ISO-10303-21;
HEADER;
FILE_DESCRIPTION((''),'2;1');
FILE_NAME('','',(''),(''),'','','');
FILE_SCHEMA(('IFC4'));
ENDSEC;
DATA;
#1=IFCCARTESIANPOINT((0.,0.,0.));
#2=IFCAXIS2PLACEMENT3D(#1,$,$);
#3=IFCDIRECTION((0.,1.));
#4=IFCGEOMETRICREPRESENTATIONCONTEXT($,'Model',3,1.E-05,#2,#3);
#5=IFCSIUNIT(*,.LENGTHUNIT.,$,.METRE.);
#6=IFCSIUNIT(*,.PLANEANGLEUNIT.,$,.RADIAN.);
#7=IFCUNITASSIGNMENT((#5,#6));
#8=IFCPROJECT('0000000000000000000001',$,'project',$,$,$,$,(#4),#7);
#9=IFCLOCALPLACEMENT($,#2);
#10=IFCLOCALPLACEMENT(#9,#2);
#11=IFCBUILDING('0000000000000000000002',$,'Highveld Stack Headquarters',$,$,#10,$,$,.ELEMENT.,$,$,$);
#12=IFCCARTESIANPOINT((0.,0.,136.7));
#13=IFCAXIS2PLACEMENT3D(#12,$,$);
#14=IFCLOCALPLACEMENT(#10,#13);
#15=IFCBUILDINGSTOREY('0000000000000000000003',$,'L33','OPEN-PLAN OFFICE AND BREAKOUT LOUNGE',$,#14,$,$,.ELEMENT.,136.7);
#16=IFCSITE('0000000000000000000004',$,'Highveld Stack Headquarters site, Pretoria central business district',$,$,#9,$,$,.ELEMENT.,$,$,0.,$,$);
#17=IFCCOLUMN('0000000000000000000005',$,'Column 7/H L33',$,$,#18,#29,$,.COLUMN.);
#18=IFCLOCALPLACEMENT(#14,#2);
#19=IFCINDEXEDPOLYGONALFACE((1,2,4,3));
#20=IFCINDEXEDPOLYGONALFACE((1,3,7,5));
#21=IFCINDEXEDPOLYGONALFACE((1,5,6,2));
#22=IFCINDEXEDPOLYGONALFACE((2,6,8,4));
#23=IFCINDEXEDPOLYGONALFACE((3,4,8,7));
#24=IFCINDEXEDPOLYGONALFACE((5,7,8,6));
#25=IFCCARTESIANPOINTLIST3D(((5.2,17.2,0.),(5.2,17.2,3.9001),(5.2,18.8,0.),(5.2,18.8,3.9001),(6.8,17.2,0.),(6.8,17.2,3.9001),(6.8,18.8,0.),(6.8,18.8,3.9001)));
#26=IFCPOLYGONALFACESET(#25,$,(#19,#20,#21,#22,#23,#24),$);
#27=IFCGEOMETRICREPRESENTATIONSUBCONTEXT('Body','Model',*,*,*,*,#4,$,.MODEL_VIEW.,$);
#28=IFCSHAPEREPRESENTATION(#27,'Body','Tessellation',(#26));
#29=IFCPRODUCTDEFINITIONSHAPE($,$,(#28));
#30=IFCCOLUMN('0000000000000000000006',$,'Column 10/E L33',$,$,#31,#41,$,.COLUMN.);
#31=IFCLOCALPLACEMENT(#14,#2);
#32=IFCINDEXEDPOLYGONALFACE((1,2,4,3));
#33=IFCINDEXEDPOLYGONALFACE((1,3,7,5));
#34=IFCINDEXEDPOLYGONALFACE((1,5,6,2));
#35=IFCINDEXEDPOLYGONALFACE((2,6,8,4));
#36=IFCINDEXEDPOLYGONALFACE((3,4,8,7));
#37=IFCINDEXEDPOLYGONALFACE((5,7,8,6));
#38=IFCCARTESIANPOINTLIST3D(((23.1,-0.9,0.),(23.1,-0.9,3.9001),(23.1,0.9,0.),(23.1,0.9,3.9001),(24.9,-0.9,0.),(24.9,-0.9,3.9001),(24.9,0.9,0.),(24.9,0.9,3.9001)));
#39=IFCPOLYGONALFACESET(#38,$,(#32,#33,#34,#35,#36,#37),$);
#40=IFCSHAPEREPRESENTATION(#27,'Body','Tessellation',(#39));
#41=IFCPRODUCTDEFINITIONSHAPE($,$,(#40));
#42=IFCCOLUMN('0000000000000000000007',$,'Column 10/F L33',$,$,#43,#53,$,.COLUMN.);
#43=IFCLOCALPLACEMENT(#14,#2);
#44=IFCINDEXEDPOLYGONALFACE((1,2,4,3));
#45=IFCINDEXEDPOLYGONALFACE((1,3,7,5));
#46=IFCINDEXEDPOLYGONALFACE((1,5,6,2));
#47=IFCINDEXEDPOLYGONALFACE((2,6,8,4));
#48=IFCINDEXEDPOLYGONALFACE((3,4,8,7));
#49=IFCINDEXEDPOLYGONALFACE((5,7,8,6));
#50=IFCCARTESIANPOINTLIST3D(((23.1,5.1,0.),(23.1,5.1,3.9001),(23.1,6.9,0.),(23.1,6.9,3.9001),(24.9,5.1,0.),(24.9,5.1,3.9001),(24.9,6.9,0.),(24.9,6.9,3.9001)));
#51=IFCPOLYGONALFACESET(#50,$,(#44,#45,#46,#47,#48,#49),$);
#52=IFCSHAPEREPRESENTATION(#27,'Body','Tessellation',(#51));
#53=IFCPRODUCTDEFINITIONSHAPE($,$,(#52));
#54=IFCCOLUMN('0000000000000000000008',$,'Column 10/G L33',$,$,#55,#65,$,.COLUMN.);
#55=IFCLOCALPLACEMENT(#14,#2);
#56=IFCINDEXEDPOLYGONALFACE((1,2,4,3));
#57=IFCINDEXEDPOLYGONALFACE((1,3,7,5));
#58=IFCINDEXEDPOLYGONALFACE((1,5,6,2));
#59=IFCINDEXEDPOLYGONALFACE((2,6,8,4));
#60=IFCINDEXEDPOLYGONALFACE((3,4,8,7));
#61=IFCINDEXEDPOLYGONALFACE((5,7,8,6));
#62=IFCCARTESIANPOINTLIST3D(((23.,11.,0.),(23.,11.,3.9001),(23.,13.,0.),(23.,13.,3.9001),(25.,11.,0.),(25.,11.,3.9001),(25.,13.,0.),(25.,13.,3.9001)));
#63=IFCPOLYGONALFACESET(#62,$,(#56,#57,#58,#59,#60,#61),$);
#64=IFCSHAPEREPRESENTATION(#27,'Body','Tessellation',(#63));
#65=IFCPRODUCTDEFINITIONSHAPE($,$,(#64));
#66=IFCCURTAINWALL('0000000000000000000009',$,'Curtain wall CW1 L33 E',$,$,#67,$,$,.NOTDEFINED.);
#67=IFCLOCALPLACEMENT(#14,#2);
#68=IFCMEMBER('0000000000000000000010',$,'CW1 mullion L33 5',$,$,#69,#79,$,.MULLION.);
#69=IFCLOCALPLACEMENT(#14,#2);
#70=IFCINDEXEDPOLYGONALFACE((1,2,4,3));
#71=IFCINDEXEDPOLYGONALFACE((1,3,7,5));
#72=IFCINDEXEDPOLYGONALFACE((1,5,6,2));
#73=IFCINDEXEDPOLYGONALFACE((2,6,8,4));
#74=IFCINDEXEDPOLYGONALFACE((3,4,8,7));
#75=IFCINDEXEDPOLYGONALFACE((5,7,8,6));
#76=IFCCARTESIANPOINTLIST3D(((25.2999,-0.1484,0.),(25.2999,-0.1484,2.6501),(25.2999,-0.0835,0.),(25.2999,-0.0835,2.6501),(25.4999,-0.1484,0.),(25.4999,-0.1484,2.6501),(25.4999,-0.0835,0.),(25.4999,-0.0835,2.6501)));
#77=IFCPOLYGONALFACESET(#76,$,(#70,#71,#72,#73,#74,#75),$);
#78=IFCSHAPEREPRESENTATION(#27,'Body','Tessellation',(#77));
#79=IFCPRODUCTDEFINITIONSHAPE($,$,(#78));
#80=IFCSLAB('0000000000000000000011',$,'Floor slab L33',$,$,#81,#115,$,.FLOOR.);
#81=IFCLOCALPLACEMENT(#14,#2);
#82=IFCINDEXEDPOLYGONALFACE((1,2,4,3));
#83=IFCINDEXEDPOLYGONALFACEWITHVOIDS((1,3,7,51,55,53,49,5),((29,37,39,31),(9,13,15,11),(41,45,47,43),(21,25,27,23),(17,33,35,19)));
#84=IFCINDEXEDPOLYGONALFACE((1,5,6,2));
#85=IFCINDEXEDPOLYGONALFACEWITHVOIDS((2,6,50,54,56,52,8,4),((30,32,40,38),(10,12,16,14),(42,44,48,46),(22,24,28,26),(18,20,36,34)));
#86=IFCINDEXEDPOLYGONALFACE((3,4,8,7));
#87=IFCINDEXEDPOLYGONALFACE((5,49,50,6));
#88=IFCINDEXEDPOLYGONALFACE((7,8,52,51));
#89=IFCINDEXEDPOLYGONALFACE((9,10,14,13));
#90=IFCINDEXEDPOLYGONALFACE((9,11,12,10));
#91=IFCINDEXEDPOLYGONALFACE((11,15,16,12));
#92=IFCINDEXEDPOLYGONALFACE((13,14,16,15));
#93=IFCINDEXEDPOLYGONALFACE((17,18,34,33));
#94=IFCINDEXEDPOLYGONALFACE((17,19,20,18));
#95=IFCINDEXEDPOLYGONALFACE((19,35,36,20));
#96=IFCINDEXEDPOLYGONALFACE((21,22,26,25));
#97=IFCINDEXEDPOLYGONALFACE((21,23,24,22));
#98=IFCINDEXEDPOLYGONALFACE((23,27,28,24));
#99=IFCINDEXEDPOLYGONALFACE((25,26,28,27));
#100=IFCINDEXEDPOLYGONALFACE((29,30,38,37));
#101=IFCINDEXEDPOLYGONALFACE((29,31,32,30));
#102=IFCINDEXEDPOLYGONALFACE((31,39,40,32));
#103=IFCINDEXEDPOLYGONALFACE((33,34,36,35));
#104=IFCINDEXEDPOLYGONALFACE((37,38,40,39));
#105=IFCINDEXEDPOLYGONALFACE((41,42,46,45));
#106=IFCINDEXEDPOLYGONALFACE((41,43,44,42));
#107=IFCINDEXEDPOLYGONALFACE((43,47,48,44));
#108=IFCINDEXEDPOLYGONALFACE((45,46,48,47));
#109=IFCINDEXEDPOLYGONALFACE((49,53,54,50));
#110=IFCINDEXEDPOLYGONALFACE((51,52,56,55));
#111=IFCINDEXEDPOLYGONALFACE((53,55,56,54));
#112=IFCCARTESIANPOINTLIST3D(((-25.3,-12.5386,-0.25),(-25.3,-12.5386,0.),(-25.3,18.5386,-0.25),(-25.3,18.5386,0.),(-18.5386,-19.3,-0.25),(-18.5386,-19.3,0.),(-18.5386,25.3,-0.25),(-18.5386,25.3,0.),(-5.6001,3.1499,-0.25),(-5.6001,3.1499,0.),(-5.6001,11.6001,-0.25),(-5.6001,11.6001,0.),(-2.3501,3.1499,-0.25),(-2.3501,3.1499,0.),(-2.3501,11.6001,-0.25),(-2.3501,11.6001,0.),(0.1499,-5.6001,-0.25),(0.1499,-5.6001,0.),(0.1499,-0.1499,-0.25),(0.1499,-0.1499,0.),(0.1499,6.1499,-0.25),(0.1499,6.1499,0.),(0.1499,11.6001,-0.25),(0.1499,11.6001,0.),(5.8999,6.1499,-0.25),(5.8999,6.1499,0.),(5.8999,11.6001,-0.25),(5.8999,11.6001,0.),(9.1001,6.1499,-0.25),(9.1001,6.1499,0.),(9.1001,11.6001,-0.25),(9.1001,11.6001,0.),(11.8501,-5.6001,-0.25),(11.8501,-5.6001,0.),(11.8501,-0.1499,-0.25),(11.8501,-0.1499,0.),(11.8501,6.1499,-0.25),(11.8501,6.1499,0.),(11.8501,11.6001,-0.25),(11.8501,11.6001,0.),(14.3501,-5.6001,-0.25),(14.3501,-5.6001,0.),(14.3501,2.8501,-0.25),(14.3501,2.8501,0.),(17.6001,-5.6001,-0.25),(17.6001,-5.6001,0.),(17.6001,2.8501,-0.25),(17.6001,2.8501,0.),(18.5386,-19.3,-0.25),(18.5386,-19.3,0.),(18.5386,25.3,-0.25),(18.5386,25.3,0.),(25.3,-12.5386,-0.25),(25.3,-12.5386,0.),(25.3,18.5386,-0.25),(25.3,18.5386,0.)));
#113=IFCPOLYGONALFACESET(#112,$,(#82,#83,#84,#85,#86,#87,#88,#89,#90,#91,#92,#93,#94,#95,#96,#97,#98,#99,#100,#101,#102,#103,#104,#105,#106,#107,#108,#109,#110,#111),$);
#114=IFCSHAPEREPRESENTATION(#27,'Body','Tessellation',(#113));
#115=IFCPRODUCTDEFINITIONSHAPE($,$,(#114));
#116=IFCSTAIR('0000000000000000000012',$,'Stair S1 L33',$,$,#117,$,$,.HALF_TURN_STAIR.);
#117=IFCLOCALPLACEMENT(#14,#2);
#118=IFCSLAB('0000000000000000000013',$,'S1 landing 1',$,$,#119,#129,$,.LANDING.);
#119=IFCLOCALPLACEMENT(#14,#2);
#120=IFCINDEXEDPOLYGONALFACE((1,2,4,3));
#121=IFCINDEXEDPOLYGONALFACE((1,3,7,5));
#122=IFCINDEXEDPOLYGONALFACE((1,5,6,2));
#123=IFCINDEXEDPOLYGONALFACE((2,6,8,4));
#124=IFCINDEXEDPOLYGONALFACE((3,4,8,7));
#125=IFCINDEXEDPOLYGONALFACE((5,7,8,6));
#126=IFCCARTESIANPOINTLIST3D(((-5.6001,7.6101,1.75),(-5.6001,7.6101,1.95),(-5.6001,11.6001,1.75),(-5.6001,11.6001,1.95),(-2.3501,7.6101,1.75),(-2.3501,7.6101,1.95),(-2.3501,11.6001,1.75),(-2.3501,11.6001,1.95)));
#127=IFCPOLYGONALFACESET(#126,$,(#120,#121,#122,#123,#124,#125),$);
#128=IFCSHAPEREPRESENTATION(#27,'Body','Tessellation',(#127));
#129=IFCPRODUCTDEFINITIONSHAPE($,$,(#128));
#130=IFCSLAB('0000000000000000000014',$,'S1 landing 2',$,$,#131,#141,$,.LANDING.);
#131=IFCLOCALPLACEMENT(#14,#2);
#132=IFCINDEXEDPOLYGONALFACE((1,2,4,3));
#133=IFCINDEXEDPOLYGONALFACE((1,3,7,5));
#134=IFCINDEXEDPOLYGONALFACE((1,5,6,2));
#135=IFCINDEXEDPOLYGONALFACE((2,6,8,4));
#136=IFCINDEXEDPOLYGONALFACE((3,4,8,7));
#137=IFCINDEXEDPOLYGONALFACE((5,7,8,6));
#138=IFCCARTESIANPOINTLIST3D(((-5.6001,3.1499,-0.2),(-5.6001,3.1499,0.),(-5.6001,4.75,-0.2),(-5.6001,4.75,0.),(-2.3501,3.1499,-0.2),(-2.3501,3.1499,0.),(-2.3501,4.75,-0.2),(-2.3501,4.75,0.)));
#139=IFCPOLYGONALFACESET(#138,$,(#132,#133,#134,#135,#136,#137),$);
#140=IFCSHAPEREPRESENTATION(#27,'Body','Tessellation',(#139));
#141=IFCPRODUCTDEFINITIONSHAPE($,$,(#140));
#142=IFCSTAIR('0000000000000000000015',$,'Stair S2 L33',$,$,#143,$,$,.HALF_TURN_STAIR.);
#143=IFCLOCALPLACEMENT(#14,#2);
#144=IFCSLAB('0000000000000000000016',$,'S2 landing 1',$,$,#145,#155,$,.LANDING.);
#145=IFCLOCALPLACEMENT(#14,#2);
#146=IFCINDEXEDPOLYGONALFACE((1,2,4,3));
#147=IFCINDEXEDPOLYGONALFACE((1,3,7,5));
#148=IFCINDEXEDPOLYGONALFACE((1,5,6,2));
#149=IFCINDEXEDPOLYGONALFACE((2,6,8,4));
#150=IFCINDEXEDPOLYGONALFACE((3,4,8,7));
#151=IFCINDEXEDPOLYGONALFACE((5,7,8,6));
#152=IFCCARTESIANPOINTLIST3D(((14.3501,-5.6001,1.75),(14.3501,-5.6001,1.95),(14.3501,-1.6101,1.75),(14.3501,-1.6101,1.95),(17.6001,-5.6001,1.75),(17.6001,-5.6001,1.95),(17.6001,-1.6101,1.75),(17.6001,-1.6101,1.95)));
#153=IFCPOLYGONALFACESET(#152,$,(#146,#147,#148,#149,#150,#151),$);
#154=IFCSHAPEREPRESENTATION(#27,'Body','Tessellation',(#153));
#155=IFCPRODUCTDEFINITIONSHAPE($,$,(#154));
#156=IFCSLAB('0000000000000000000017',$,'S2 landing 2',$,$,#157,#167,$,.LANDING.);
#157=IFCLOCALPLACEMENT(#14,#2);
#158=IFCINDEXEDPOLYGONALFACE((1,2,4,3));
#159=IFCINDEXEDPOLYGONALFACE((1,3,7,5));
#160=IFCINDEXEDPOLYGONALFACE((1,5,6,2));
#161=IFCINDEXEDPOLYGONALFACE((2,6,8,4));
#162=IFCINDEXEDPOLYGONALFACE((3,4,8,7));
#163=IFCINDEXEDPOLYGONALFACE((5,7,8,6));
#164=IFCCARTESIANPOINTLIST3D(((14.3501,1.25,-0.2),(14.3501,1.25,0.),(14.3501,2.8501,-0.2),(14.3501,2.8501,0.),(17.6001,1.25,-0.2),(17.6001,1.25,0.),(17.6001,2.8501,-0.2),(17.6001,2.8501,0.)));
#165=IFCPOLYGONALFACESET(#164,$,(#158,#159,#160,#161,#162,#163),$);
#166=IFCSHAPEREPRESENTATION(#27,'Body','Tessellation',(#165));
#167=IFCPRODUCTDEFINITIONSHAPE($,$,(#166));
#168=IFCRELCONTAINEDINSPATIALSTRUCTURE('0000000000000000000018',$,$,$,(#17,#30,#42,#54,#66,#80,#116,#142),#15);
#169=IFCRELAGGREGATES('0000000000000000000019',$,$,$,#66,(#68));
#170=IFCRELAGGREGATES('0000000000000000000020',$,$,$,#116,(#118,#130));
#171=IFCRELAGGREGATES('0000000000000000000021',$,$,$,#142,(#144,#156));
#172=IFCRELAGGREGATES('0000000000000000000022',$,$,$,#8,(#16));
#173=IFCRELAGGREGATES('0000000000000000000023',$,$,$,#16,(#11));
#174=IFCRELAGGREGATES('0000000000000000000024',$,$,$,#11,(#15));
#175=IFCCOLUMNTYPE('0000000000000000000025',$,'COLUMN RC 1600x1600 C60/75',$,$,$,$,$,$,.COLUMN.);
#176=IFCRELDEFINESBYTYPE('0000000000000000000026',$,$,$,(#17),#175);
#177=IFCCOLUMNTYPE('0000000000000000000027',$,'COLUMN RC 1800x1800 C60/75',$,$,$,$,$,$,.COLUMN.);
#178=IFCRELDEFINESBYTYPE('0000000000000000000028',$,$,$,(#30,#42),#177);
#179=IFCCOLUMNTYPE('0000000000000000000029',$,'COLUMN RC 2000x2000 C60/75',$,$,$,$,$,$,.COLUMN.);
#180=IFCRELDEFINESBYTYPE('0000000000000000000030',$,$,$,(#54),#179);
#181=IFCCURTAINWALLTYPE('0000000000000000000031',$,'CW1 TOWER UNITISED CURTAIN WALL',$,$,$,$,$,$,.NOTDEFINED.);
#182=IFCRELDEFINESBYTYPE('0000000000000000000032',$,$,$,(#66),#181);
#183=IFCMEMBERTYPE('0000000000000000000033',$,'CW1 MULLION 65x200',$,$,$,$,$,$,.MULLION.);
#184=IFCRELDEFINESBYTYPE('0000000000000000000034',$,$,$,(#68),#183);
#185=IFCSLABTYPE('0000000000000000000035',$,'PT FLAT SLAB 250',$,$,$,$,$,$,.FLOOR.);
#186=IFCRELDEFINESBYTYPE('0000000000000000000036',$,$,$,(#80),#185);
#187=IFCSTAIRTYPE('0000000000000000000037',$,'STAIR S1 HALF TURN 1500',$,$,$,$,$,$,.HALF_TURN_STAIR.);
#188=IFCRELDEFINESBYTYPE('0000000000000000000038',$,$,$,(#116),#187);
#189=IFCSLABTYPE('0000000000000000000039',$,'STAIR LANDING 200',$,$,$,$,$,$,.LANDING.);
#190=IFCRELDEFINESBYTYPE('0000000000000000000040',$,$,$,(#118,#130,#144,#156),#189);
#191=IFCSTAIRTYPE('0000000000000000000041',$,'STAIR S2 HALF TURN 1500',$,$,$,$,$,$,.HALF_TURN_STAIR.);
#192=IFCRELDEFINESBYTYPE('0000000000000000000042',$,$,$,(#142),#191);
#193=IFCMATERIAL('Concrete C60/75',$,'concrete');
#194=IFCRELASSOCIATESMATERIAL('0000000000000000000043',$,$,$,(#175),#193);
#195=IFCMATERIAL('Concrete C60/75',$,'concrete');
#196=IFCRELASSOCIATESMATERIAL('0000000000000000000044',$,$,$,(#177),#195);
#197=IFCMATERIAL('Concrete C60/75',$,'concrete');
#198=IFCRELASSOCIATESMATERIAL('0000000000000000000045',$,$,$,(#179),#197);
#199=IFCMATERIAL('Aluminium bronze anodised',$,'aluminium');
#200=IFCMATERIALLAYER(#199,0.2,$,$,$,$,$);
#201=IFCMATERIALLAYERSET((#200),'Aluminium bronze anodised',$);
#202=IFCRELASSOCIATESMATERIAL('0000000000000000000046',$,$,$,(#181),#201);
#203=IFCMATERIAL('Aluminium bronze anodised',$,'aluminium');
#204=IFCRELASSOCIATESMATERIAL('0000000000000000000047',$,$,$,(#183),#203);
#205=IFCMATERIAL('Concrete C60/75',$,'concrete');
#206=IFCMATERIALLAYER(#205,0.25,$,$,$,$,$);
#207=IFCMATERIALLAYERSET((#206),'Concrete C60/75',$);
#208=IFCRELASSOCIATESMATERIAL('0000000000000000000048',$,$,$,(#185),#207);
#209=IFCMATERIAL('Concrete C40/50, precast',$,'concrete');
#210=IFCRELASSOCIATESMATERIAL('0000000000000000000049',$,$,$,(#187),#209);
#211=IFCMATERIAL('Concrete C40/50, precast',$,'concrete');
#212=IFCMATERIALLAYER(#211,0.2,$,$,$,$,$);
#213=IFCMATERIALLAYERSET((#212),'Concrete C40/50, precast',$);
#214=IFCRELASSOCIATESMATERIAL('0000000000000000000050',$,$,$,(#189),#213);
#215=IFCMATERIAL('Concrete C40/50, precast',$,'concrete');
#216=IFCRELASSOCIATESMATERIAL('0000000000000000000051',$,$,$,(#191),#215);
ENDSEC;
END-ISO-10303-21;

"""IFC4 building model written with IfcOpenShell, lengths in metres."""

from ifc_helpers import new_model, si_unit, direction, frame, origin, origin_2d, place, context, subcontext, project, spatial, polyline, rectangle, outline, extrude, material, layer, layer_set, material_profile, profile_set, type_object, element, aggregate, save


model = new_model("IFC4")

# Units and contexts
model_context = context("Model", 3, precision=1e-05, world=origin(), true_north=direction((0.0, 1.0)))
body_context = subcontext(model_context, "Body", "Model", "MODEL_VIEW")
ifc_project = project(units=[si_unit("LENGTHUNIT", "METRE"), si_unit("PLANEANGLEUNIT", "RADIAN")], contexts=[model_context])

# Site, building, storey
site_placement = place(None, origin())
site = spatial("IfcSite", under=ifc_project, at=site_placement, Name="Highveld Stack Headquarters site, Pretoria central business district", CompositionType="ELEMENT", RefElevation=0.0)
building_placement = place(site_placement, origin())
building = spatial("IfcBuilding", under=site, at=building_placement, Name="Highveld Stack Headquarters", CompositionType="ELEMENT")
storey_placement = place(building_placement, frame((0.0, 0.0, 136.7)))
storey = spatial("IfcBuildingStorey", under=building, at=storey_placement, Name="L33", Description="OPEN-PLAN OFFICE AND BREAKOUT LOUNGE", CompositionType="ELEMENT", Elevation=136.7)

# Columns
ifc_material_1 = material(Name="Concrete C60/75", Category="concrete")
ifc_material_profile_1 = material_profile(ifc_material_1, rectangle(XDim=1.6001, YDim=1.6001, at=origin_2d()), Name="RC 1600x1600")
ifc_profile_set_1 = profile_set([ifc_material_profile_1], Name="Concrete C60/75")
column_type_1 = type_object("IfcColumnType", Name="COLUMN RC 1600x1600 C60/75", PredefinedType="COLUMN", material=ifc_profile_set_1)
column_1_placement = place(storey_placement, frame((6.0, 18.0, 0.0), z_axis=(0.0, 0.0, 1.0), x_axis=(1.0, 0.0, 0.0)))
element("IfcColumn", 1, at=column_1_placement, inside=storey, type_object=column_type_1, Name="Column 7/H L33", PredefinedType="COLUMN", context=body_context, shape_type="SweptSolid", body=[
    extrude(rectangle(XDim=1.6001, YDim=1.6001, at=origin_2d()), origin(), (0.0, 0.0, 1.0), 3.9001),
])
ifc_material_2 = material(Name="Concrete C60/75", Category="concrete")
ifc_material_profile_2 = material_profile(ifc_material_2, rectangle(XDim=1.8, YDim=1.8, at=origin_2d()), Name="RC 1800x1800")
ifc_profile_set_2 = profile_set([ifc_material_profile_2], Name="Concrete C60/75")
column_type_2 = type_object("IfcColumnType", Name="COLUMN RC 1800x1800 C60/75", PredefinedType="COLUMN", material=ifc_profile_set_2)
for number, where, z_axis, x_axis, name in (
    (2, (24.0, 0.0, 0.0), (0.0, 0.0, 1.0), (1.0, 0.0, 0.0), "Column 10/E L33"),
    (3, (24.0, 6.0, 0.0), (0.0, 0.0, 1.0), (1.0, 0.0, 0.0), "Column 10/F L33"),
):
    element("IfcColumn", number, at=place(storey_placement, frame(where, z_axis=z_axis, x_axis=x_axis)), inside=storey, type_object=column_type_2, Name=name, PredefinedType="COLUMN", context=body_context, shape_type="SweptSolid", body=[
        extrude(rectangle(XDim=1.8, YDim=1.8, at=origin_2d()), origin(), (0.0, 0.0, 1.0), 3.9001),
    ])
ifc_material_3 = material(Name="Concrete C60/75", Category="concrete")
ifc_material_profile_3 = material_profile(ifc_material_3, rectangle(XDim=2.0, YDim=2.0, at=origin_2d()), Name="RC 2000x2000")
ifc_profile_set_3 = profile_set([ifc_material_profile_3], Name="Concrete C60/75")
column_type_3 = type_object("IfcColumnType", Name="COLUMN RC 2000x2000 C60/75", PredefinedType="COLUMN", material=ifc_profile_set_3)
column_2_placement = place(storey_placement, frame((24.0, 12.0, 0.0), z_axis=(0.0, 0.0, 1.0), x_axis=(1.0, 0.0, 0.0)))
element("IfcColumn", 4, at=column_2_placement, inside=storey, type_object=column_type_3, Name="Column 10/G L33", PredefinedType="COLUMN", context=body_context, shape_type="SweptSolid", body=[
    extrude(rectangle(XDim=2.0, YDim=2.0, at=origin_2d()), origin(), (0.0, 0.0, 1.0), 3.9001),
])

# Curtain wall, member
ifc_material_4 = material(Name="Aluminium bronze anodised", Category="aluminium")
ifc_layer_1 = layer(ifc_material_4, 0.2)
ifc_layer_set_1 = layer_set([ifc_layer_1], Name="Aluminium bronze anodised")
curtain_wall_type = type_object("IfcCurtainWallType", Name="CW1 TOWER UNITISED CURTAIN WALL", PredefinedType="NOTDEFINED", material=ifc_layer_set_1)
curtain_wall_placement = place(storey_placement, origin())
curtain_wall = element("IfcCurtainWall", 5, at=curtain_wall_placement, inside=storey, type_object=curtain_wall_type, Name="Curtain wall CW1 L33 E", PredefinedType="NOTDEFINED")
ifc_material_5 = material(Name="Aluminium bronze anodised", Category="aluminium")
ifc_material_profile_4 = material_profile(ifc_material_5, rectangle(XDim=0.2, YDim=0.0649, at=origin_2d()), Name="CW1 MULLION 65x200")
ifc_profile_set_4 = profile_set([ifc_material_profile_4], Name="Aluminium bronze anodised")
member_type = type_object("IfcMemberType", Name="CW1 MULLION 65x200", PredefinedType="MULLION", material=ifc_profile_set_4)
member_placement = place(storey_placement, frame((25.3999, -0.116, 0.0), z_axis=(0.0, 0.0, 1.0), x_axis=(-1.0, 0.0, 0.0)))
member = element("IfcMember", 6, at=member_placement, type_object=member_type, Name="CW1 mullion L33 5", PredefinedType="MULLION", context=body_context, shape_type="SweptSolid", body=[
    extrude(rectangle(XDim=0.2, YDim=0.0649, at=origin_2d()), origin(), (0.0, 0.0, 1.0), 2.6501),
])
aggregate(curtain_wall, [member])

# Slab
ifc_material_6 = material(Name="Concrete C60/75", Category="concrete")
ifc_layer_2 = layer(ifc_material_6, 0.25)
ifc_layer_set_2 = layer_set([ifc_layer_2], Name="Concrete C60/75")
slab_type_1 = type_object("IfcSlabType", Name="PT FLAT SLAB 250", PredefinedType="FLOOR", material=ifc_layer_set_2)
slab_1_placement = place(storey_placement, frame((0.0, 0.0, -0.25)))
element("IfcSlab", 7, at=slab_1_placement, inside=storey, type_object=slab_type_1, Name="Floor slab L33", PredefinedType="FLOOR", context=body_context, shape_type="SweptSolid", body=[
    extrude(outline(polyline([(-18.5386, -19.3), (18.5386, -19.3), (25.3, -12.5386), (25.3, 18.5386), (18.5386, 25.3), (-18.5386, 25.3), (-25.3, 18.5386), (-25.3, -12.5386), (-18.5386, -19.3)]), holes=[polyline([(0.1499, 6.1499), (5.8999, 6.1499), (5.8999, 11.6001), (0.1499, 11.6001), (0.1499, 6.1499)]), polyline([(9.1001, 6.1499), (11.8501, 6.1499), (11.8501, 11.6001), (9.1001, 11.6001), (9.1001, 6.1499)]), polyline([(0.1499, -5.6001), (11.8501, -5.6001), (11.8501, -0.1499), (0.1499, -0.1499), (0.1499, -5.6001)]), polyline([(-5.6001, 3.1499), (-2.3501, 3.1499), (-2.3501, 11.6001), (-5.6001, 11.6001), (-5.6001, 3.1499)]), polyline([(14.3501, -5.6001), (17.6001, -5.6001), (17.6001, 2.8501), (14.3501, 2.8501), (14.3501, -5.6001)])]), origin(), (0.0, 0.0, 1.0), 0.25),
])

# Stairs, slabs
ifc_material_7 = material(Name="Concrete C40/50, precast", Category="concrete")
stair_type_1 = type_object("IfcStairType", Name="STAIR S1 HALF TURN 1500", PredefinedType="HALF_TURN_STAIR", material=ifc_material_7)
stair_1_placement = place(storey_placement, origin())
stair_1 = element("IfcStair", 8, at=stair_1_placement, inside=storey, type_object=stair_type_1, Name="Stair S1 L33", PredefinedType="HALF_TURN_STAIR")
ifc_material_8 = material(Name="Concrete C40/50, precast", Category="concrete")
ifc_layer_3 = layer(ifc_material_8, 0.2)
ifc_layer_set_3 = layer_set([ifc_layer_3], Name="Concrete C40/50, precast")
slab_type_2 = type_object("IfcSlabType", Name="STAIR LANDING 200", PredefinedType="LANDING", material=ifc_layer_set_3)
slab_2_placement = place(storey_placement, frame((0.0, 0.0, 1.75)))
slab_2 = element("IfcSlab", 9, at=slab_2_placement, type_object=slab_type_2, Name="S1 landing 1", PredefinedType="LANDING", context=body_context, shape_type="SweptSolid", body=[
    extrude(outline(polyline([(-5.6001, 7.6101), (-2.3501, 7.6101), (-2.3501, 11.6001), (-5.6001, 11.6001), (-5.6001, 7.6101)])), origin(), (0.0, 0.0, 1.0), 0.2),
])
slab_3_placement = place(storey_placement, frame((0.0, 0.0, -0.2)))
slab_3 = element("IfcSlab", 10, at=slab_3_placement, type_object=slab_type_2, Name="S1 landing 2", PredefinedType="LANDING", context=body_context, shape_type="SweptSolid", body=[
    extrude(outline(polyline([(-5.6001, 3.1499), (-2.3501, 3.1499), (-2.3501, 4.75), (-5.6001, 4.75), (-5.6001, 3.1499)])), origin(), (0.0, 0.0, 1.0), 0.2),
])
aggregate(stair_1, [slab_2, slab_3])
ifc_material_9 = material(Name="Concrete C40/50, precast", Category="concrete")
stair_type_2 = type_object("IfcStairType", Name="STAIR S2 HALF TURN 1500", PredefinedType="HALF_TURN_STAIR", material=ifc_material_9)
stair_2_placement = place(storey_placement, origin())
stair_2 = element("IfcStair", 11, at=stair_2_placement, inside=storey, type_object=stair_type_2, Name="Stair S2 L33", PredefinedType="HALF_TURN_STAIR")
slab_4_placement = place(storey_placement, frame((0.0, 0.0, 1.75)))
slab_4 = element("IfcSlab", 12, at=slab_4_placement, type_object=slab_type_2, Name="S2 landing 1", PredefinedType="LANDING", context=body_context, shape_type="SweptSolid", body=[
    extrude(outline(polyline([(14.3501, -5.6001), (17.6001, -5.6001), (17.6001, -1.6101), (14.3501, -1.6101), (14.3501, -5.6001)])), origin(), (0.0, 0.0, 1.0), 0.2),
])
slab_5_placement = place(storey_placement, frame((0.0, 0.0, -0.2)))
slab_5 = element("IfcSlab", 13, at=slab_5_placement, type_object=slab_type_2, Name="S2 landing 2", PredefinedType="LANDING", context=body_context, shape_type="SweptSolid", body=[
    extrude(outline(polyline([(14.3501, 1.25), (17.6001, 1.25), (17.6001, 2.8501), (14.3501, 2.8501), (14.3501, 1.25)])), origin(), (0.0, 0.0, 1.0), 0.2),
])

aggregate(stair_2, [slab_4, slab_5])

save(model, "model.ifc")
